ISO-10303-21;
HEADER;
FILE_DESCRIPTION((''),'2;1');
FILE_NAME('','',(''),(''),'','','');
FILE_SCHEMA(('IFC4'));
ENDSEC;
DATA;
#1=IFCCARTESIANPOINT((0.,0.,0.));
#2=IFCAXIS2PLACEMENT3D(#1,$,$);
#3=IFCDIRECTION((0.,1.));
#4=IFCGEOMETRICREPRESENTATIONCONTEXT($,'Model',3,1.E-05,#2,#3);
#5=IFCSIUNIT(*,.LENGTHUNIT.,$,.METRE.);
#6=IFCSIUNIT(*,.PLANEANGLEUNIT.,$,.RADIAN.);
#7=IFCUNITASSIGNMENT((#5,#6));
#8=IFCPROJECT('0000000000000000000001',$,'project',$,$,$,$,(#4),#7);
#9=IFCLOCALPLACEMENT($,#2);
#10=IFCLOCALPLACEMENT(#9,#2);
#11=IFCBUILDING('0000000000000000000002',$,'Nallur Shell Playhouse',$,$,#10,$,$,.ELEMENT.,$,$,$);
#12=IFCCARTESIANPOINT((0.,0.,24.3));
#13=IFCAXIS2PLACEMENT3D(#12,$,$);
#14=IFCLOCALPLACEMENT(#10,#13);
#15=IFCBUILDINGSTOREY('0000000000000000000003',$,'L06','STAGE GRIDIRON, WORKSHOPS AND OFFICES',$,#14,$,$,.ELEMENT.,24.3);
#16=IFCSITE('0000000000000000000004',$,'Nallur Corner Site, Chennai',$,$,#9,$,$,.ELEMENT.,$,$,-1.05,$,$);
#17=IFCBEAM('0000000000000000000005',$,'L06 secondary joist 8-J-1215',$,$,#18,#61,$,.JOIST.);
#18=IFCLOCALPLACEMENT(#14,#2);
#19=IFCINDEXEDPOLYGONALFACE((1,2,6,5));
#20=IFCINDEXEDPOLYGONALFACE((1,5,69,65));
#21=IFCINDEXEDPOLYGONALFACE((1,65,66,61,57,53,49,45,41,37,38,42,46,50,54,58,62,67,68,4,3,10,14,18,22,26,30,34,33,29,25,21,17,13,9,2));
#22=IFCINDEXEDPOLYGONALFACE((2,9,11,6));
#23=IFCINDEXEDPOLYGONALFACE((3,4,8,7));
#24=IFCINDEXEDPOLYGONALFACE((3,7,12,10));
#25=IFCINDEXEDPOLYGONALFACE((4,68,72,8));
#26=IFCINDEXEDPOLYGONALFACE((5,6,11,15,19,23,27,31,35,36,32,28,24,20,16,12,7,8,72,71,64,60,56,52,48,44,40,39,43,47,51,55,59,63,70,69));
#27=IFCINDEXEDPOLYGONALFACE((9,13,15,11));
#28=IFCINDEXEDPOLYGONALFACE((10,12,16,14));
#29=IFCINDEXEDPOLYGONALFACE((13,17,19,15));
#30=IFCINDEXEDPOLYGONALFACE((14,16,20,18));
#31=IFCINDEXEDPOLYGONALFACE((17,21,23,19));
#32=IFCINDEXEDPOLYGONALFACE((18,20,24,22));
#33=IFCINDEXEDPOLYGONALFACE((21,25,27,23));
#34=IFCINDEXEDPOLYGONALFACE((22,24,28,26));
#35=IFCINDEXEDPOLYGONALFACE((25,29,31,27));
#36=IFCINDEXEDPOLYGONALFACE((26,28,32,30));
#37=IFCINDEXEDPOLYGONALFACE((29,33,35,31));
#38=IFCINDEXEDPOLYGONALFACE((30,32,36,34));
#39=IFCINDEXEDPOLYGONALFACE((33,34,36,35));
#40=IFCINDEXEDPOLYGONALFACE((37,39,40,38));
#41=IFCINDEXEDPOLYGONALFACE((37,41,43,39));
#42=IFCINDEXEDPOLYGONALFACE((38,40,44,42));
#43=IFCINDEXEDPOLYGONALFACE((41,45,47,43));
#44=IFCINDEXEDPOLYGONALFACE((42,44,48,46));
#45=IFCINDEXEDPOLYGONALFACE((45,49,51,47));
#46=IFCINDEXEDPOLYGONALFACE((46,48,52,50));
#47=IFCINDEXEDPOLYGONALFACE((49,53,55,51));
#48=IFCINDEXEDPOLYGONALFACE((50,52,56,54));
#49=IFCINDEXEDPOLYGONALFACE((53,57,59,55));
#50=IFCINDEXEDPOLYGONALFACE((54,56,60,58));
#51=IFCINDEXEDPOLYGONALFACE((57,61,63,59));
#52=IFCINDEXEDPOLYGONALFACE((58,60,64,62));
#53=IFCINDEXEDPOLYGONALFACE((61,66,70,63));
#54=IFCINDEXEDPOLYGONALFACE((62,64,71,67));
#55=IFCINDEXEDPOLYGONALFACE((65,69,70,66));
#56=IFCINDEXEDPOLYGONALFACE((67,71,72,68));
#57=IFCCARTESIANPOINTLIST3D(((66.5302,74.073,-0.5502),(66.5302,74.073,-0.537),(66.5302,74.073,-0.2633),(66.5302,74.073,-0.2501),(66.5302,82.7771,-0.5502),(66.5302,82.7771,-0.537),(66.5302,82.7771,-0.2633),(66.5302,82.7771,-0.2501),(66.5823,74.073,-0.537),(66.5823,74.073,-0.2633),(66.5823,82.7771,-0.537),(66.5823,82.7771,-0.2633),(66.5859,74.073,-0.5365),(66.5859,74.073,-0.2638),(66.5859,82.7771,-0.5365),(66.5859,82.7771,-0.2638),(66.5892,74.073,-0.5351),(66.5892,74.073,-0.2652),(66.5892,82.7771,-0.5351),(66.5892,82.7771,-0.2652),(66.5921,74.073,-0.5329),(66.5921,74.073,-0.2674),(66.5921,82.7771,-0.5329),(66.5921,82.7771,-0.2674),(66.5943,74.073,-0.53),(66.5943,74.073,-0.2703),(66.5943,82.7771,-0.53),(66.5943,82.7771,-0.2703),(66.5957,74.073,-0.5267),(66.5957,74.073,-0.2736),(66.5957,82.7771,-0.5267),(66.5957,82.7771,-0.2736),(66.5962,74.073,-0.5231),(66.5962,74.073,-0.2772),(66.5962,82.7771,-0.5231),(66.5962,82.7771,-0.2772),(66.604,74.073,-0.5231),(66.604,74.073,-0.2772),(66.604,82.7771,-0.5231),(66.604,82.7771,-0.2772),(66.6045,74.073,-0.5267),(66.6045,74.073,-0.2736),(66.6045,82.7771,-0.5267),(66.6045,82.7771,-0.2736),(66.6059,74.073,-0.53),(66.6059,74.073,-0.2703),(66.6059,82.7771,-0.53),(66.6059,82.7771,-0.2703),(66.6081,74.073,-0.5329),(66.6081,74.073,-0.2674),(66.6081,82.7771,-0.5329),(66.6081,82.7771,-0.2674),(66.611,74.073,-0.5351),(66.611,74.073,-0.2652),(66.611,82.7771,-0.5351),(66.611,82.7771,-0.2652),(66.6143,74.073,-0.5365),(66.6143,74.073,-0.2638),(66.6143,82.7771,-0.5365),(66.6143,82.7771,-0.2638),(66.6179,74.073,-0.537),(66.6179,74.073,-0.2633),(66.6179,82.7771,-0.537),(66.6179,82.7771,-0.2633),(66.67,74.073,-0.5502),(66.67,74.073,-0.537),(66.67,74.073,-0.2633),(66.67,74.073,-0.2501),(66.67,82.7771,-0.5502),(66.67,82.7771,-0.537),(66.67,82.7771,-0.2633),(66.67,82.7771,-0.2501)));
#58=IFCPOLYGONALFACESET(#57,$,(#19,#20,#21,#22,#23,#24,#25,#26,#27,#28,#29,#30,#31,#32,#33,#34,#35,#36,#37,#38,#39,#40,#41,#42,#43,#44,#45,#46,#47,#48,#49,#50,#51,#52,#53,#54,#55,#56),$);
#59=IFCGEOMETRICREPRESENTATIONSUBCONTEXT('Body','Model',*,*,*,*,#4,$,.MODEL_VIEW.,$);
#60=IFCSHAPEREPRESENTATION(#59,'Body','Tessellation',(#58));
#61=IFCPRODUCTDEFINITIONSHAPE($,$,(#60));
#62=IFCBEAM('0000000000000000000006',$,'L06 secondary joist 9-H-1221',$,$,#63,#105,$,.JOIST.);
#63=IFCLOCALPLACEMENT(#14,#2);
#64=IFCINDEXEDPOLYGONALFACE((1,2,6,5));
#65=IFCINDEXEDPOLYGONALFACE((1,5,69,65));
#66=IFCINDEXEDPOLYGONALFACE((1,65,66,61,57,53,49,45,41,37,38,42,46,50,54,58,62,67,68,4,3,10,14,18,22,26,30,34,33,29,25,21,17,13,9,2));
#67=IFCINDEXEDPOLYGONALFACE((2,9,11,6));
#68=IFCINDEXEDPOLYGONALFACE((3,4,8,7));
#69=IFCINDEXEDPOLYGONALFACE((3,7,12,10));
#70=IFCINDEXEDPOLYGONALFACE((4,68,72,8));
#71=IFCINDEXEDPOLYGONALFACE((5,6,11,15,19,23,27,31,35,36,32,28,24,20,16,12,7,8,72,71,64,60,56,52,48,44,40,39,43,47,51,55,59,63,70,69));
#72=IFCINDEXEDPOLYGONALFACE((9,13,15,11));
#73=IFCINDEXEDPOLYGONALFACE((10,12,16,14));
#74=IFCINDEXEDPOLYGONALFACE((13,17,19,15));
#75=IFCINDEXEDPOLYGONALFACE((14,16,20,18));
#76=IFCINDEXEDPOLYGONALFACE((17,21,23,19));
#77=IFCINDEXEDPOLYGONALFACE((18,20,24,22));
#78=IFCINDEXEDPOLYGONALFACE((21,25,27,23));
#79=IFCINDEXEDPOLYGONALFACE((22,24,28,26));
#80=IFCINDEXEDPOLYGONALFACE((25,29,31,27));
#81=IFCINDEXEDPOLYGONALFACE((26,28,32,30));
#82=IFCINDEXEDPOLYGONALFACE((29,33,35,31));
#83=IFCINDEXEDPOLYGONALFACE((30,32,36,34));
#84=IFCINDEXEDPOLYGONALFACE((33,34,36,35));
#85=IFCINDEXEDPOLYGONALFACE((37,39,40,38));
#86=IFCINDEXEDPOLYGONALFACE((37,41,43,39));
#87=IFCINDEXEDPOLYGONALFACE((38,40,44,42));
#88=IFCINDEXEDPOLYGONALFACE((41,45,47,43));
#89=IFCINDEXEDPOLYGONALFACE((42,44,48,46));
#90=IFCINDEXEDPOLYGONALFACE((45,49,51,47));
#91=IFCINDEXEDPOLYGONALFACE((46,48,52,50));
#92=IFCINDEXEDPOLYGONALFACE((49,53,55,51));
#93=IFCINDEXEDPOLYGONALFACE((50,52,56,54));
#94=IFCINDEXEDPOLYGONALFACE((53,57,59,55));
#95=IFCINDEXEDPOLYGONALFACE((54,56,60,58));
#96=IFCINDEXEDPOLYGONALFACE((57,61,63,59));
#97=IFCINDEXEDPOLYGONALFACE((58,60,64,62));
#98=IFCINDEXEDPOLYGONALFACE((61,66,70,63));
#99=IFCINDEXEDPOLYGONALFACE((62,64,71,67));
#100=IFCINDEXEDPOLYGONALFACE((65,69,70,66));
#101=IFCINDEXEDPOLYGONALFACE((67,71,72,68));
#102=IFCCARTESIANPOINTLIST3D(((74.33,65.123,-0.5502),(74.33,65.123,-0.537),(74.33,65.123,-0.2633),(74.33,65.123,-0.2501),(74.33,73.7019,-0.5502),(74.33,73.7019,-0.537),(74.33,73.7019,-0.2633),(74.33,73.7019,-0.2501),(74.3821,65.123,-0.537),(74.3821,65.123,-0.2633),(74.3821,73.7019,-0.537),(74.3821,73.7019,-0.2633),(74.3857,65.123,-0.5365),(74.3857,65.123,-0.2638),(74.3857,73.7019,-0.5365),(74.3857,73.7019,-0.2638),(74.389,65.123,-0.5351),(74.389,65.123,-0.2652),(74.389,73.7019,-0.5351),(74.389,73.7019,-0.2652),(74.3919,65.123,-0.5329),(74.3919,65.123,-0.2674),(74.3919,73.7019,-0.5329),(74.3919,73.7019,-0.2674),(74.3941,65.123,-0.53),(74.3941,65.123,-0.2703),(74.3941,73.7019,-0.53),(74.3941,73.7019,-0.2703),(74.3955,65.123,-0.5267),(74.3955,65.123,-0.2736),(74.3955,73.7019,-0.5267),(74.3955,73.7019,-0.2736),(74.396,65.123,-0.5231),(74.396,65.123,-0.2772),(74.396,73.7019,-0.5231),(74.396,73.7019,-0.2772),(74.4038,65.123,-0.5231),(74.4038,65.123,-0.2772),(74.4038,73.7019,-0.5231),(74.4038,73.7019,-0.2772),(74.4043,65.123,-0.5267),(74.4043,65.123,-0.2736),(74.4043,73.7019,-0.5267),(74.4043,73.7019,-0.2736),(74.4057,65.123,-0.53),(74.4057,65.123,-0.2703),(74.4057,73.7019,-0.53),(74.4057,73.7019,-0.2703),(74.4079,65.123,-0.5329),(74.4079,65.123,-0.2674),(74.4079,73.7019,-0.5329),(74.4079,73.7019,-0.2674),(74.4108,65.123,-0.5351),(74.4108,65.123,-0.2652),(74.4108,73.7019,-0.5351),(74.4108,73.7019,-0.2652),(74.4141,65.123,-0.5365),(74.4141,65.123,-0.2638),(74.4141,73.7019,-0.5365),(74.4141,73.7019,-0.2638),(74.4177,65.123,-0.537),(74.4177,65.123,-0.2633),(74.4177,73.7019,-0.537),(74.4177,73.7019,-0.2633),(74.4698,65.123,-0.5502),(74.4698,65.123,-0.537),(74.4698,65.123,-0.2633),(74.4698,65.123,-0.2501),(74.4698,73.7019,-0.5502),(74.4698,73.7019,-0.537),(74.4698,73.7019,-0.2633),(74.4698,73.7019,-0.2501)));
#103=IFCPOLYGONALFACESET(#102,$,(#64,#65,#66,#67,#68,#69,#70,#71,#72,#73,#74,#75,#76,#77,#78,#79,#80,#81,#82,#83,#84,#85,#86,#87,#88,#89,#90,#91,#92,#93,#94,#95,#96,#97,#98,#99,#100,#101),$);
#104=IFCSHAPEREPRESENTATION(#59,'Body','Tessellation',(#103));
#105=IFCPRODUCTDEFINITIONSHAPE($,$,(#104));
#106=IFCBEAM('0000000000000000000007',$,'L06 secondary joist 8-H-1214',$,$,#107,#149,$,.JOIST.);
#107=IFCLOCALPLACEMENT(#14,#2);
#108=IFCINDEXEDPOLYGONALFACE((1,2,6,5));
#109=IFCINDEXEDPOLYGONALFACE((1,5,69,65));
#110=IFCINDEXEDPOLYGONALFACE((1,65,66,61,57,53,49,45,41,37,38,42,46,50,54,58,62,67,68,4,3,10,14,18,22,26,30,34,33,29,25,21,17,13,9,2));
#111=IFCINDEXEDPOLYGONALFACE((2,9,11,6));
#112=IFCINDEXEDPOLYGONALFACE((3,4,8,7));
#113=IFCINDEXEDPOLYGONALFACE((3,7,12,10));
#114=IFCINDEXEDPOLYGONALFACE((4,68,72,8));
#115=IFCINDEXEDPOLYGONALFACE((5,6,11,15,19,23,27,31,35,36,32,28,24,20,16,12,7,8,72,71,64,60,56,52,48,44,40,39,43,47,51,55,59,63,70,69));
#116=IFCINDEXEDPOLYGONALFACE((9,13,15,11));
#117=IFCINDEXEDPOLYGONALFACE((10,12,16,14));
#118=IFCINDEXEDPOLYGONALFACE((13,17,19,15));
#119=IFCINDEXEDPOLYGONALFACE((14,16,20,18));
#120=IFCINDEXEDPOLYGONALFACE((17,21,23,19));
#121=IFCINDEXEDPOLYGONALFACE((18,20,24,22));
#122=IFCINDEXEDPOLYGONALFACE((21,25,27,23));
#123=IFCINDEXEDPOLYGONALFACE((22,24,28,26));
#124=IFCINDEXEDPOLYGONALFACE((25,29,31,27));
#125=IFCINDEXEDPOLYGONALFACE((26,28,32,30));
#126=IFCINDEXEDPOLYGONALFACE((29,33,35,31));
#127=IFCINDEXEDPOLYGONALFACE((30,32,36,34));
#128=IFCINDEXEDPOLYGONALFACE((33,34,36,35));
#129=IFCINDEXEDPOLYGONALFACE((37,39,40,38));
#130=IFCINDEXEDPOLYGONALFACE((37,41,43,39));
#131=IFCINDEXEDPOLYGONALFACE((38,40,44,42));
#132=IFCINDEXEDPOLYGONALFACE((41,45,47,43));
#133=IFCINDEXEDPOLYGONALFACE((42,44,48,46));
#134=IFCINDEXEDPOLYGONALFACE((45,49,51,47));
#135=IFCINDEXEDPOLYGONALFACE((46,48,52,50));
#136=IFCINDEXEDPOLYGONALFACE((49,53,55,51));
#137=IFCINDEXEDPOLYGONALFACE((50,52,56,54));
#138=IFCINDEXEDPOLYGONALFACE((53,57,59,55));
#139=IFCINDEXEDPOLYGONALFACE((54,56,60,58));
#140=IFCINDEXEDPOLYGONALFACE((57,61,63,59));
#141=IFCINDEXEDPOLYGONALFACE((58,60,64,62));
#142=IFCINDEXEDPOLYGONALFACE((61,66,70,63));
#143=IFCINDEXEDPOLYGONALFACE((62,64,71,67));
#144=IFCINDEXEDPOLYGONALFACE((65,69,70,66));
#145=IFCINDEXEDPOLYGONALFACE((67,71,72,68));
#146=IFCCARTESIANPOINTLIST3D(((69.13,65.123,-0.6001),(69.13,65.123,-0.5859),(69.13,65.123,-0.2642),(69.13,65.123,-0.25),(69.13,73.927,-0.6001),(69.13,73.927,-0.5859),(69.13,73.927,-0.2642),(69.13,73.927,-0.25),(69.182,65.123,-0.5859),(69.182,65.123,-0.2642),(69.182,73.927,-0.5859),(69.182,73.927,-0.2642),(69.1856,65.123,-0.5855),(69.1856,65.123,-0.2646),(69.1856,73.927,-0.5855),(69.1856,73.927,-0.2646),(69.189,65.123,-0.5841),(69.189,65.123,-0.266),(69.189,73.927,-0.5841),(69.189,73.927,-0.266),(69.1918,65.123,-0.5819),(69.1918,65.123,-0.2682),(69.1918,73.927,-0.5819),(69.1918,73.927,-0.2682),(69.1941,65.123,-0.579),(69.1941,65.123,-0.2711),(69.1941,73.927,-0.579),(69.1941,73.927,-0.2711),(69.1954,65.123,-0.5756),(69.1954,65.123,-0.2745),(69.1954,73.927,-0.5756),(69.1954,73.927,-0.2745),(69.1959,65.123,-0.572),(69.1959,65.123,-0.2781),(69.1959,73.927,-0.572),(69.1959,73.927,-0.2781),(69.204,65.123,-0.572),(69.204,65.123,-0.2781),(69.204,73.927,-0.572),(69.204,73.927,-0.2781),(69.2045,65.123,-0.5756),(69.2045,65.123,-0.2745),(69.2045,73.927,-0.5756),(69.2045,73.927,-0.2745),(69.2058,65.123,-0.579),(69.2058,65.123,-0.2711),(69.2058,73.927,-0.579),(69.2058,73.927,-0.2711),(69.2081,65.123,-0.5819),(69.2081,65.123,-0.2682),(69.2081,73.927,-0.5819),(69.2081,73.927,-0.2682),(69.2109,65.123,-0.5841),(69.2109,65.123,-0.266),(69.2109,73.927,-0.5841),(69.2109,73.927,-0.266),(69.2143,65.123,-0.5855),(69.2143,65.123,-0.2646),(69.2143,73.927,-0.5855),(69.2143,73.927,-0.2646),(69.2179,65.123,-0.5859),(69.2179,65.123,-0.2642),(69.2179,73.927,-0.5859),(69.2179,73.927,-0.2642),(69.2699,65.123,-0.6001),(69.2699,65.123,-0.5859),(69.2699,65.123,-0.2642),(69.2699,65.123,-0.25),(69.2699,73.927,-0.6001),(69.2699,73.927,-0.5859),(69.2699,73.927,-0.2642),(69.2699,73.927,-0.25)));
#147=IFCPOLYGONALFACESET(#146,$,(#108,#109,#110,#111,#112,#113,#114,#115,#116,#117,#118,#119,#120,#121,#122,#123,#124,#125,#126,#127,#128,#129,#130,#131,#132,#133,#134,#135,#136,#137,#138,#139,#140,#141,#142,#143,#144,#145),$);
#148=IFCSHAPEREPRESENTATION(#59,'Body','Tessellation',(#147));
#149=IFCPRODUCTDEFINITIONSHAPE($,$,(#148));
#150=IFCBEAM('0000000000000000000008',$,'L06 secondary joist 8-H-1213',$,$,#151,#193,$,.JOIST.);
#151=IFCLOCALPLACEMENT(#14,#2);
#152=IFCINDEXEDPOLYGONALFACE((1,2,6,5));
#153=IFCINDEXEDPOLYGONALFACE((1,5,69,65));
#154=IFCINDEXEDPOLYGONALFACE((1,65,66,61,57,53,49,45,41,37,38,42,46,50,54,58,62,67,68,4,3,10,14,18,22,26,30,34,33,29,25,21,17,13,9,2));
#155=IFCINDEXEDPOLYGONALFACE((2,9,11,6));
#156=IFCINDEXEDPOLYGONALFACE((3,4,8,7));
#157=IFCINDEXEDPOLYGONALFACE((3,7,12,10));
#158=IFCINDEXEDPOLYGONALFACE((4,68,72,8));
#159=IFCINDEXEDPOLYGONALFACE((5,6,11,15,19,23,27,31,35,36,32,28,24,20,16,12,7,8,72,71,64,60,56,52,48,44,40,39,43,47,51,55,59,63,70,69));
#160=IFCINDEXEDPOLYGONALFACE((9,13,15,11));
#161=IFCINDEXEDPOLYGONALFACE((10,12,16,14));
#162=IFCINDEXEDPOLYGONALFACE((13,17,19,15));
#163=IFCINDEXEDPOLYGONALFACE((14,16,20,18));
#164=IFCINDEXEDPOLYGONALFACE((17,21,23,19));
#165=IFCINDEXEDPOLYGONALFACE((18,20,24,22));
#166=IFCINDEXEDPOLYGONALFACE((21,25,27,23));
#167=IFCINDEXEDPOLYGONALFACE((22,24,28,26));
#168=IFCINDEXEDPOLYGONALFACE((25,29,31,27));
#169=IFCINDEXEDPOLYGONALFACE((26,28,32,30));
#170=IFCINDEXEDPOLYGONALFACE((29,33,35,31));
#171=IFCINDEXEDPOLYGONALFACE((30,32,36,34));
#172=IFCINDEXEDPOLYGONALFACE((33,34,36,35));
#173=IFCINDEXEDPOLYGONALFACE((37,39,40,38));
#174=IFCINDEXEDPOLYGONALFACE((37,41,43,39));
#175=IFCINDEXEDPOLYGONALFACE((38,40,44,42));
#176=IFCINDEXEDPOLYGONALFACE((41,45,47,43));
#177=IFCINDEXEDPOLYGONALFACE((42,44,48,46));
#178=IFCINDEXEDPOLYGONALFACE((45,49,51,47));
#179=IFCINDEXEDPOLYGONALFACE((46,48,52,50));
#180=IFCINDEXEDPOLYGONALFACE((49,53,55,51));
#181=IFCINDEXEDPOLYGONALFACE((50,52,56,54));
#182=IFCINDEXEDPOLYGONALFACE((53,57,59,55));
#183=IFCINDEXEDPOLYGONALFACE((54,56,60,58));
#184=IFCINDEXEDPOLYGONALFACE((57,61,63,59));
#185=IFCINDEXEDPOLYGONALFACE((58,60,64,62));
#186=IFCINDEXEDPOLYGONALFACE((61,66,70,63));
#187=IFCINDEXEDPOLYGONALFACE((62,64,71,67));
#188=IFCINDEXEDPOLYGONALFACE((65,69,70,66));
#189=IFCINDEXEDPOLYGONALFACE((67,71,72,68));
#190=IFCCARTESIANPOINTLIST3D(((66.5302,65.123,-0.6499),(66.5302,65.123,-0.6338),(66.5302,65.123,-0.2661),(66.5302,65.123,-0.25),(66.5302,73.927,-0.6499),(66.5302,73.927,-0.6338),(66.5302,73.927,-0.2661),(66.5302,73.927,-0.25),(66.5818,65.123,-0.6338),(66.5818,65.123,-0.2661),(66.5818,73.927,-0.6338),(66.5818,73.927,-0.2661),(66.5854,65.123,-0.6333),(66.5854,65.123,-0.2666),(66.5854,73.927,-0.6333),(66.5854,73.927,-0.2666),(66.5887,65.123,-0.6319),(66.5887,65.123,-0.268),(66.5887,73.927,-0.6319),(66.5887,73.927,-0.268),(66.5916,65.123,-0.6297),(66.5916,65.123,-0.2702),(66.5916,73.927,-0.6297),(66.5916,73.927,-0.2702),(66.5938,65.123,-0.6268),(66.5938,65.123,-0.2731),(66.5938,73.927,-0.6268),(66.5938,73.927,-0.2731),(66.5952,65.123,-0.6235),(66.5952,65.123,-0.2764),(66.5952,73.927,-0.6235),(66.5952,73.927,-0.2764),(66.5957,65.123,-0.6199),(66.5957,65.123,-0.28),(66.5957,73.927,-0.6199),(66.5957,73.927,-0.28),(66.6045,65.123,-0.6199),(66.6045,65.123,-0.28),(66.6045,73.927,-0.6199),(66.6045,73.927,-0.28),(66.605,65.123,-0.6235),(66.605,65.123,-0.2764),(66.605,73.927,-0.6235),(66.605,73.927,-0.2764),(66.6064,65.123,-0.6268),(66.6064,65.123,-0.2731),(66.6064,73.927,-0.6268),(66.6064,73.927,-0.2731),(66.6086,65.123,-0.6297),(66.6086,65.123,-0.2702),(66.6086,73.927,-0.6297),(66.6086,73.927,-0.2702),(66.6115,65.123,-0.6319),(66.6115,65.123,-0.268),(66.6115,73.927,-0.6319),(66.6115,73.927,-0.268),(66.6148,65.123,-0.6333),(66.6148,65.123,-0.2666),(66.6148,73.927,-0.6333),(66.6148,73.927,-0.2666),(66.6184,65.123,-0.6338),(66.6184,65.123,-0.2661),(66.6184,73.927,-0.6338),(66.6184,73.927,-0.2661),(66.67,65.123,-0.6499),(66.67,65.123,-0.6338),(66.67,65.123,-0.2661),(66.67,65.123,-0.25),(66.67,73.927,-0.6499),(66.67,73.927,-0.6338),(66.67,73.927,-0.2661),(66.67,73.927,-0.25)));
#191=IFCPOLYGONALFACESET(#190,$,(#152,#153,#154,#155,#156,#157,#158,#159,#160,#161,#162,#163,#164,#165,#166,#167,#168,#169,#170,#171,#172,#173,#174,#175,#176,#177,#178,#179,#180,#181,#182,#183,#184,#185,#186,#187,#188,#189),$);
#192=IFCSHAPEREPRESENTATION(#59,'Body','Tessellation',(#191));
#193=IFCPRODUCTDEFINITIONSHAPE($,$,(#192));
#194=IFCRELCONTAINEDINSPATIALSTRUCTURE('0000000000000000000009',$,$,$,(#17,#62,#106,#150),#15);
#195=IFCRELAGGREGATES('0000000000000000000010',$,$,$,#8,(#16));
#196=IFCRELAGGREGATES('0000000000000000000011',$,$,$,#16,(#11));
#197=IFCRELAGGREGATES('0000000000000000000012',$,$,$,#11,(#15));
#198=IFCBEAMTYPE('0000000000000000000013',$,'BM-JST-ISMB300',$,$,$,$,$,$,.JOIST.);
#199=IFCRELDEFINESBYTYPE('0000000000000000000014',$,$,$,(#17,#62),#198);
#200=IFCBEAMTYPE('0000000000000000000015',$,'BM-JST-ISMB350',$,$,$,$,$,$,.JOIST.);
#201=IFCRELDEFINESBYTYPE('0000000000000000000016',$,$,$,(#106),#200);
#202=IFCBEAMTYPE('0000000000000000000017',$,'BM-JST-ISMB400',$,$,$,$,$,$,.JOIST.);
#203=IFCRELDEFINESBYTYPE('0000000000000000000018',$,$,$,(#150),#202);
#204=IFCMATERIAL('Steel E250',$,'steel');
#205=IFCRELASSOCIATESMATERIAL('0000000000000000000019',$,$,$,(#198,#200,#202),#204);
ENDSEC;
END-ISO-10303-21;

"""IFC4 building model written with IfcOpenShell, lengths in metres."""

from ifc_helpers import new_model, si_unit, direction, frame, origin, origin_2d, place, context, subcontext, project, spatial, i_section, extrude, material, material_profile, profile_set, type_object, element, save


model = new_model("IFC4")

# Units and contexts
model_context = context("Model", 3, precision=1e-05, world=origin(), true_north=direction((0.0, 1.0)))
body_context = subcontext(model_context, "Body", "Model", "MODEL_VIEW")
ifc_project = project(units=[si_unit("LENGTHUNIT", "METRE"), si_unit("PLANEANGLEUNIT", "RADIAN")], contexts=[model_context])

# Site, building, storey
site_placement = place(None, origin())
site = spatial("IfcSite", under=ifc_project, at=site_placement, Name="Nallur Corner Site, Chennai", CompositionType="ELEMENT", RefElevation=-1.05)
building_placement = place(site_placement, origin())
building = spatial("IfcBuilding", under=site, at=building_placement, Name="Nallur Shell Playhouse", CompositionType="ELEMENT")
storey_placement = place(building_placement, frame((0.0, 0.0, 24.3)))
storey = spatial("IfcBuildingStorey", under=building, at=storey_placement, Name="L06", Description="STAGE GRIDIRON, WORKSHOPS AND OFFICES", CompositionType="ELEMENT", Elevation=24.3)

# Beams
ifc_material_1 = material(Name="Steel E250", Category="steel")
ifc_material_profile_1 = material_profile(ifc_material_1, i_section(OverallWidth=0.1399, OverallDepth=0.3, WebThickness=0.0078, FlangeThickness=0.0132, FilletRadius=0.0139, at=origin_2d()), Name="ISMB 300")
ifc_profile_set_1 = profile_set([ifc_material_profile_1], Name="Steel E250")
beam_type_1 = type_object("IfcBeamType", Name="BM-JST-ISMB300", PredefinedType="JOIST", material=ifc_profile_set_1)
beam_1_placement = place(storey_placement, frame((66.6001, 74.073, -0.4001), z_axis=(0.0, 1.0, 0.0), x_axis=(-1.0, 0.0, 0.0)))
element("IfcBeam", 1, at=beam_1_placement, inside=storey, type_object=beam_type_1, Name="L06 secondary joist 8-J-1215", PredefinedType="JOIST", context=body_context, shape_type="SweptSolid", body=[
    extrude(i_section(OverallWidth=0.1399, OverallDepth=0.3, WebThickness=0.0078, FlangeThickness=0.0132, FilletRadius=0.0139, at=origin_2d()), origin(), (0.0, 0.0, 1.0), 8.7041),
])
beam_2_placement = place(storey_placement, frame((74.3999, 65.123, -0.4001), z_axis=(0.0, 1.0, 0.0), x_axis=(-1.0, 0.0, 0.0)))
element("IfcBeam", 2, at=beam_2_placement, inside=storey, type_object=beam_type_1, Name="L06 secondary joist 9-H-1221", PredefinedType="JOIST", context=body_context, shape_type="SweptSolid", body=[
    extrude(i_section(OverallWidth=0.1399, OverallDepth=0.3, WebThickness=0.0078, FlangeThickness=0.0132, FilletRadius=0.0139, at=origin_2d()), origin(), (0.0, 0.0, 1.0), 8.5789),
])
ifc_material_profile_2 = material_profile(ifc_material_1, i_section(OverallWidth=0.1399, OverallDepth=0.3501, WebThickness=0.0081, FlangeThickness=0.0142, FilletRadius=0.0139, at=origin_2d()), Name="ISMB 350")
ifc_profile_set_2 = profile_set([ifc_material_profile_2], Name="Steel E250")
beam_type_2 = type_object("IfcBeamType", Name="BM-JST-ISMB350", PredefinedType="JOIST", material=ifc_profile_set_2)
beam_3_placement = place(storey_placement, frame((69.2, 65.123, -0.425), z_axis=(0.0, 1.0, 0.0), x_axis=(-1.0, 0.0, 0.0)))
element("IfcBeam", 3, at=beam_3_placement, inside=storey, type_object=beam_type_2, Name="L06 secondary joist 8-H-1214", PredefinedType="JOIST", context=body_context, shape_type="SweptSolid", body=[
    extrude(i_section(OverallWidth=0.1399, OverallDepth=0.3501, WebThickness=0.0081, FlangeThickness=0.0142, FilletRadius=0.0139, at=origin_2d()), origin(), (0.0, 0.0, 1.0), 8.804),
])
ifc_material_profile_3 = material_profile(ifc_material_1, i_section(OverallWidth=0.1399, OverallDepth=0.3999, WebThickness=0.0088, FlangeThickness=0.0161, FilletRadius=0.0139, at=origin_2d()), Name="ISMB 400")
ifc_profile_set_3 = profile_set([ifc_material_profile_3], Name="Steel E250")
beam_type_3 = type_object("IfcBeamType", Name="BM-JST-ISMB400", PredefinedType="JOIST", material=ifc_profile_set_3)
beam_4_placement = place(storey_placement, frame((66.6001, 65.123, -0.45), z_axis=(0.0, 1.0, 0.0), x_axis=(-1.0, 0.0, 0.0)))
element("IfcBeam", 4, at=beam_4_placement, inside=storey, type_object=beam_type_3, Name="L06 secondary joist 8-H-1213", PredefinedType="JOIST", context=body_context, shape_type="SweptSolid", body=[
    extrude(i_section(OverallWidth=0.1399, OverallDepth=0.3999, WebThickness=0.0088, FlangeThickness=0.0161, FilletRadius=0.0139, at=origin_2d()), origin(), (0.0, 0.0, 1.0), 8.804),
])

save(model, "model.ifc")
